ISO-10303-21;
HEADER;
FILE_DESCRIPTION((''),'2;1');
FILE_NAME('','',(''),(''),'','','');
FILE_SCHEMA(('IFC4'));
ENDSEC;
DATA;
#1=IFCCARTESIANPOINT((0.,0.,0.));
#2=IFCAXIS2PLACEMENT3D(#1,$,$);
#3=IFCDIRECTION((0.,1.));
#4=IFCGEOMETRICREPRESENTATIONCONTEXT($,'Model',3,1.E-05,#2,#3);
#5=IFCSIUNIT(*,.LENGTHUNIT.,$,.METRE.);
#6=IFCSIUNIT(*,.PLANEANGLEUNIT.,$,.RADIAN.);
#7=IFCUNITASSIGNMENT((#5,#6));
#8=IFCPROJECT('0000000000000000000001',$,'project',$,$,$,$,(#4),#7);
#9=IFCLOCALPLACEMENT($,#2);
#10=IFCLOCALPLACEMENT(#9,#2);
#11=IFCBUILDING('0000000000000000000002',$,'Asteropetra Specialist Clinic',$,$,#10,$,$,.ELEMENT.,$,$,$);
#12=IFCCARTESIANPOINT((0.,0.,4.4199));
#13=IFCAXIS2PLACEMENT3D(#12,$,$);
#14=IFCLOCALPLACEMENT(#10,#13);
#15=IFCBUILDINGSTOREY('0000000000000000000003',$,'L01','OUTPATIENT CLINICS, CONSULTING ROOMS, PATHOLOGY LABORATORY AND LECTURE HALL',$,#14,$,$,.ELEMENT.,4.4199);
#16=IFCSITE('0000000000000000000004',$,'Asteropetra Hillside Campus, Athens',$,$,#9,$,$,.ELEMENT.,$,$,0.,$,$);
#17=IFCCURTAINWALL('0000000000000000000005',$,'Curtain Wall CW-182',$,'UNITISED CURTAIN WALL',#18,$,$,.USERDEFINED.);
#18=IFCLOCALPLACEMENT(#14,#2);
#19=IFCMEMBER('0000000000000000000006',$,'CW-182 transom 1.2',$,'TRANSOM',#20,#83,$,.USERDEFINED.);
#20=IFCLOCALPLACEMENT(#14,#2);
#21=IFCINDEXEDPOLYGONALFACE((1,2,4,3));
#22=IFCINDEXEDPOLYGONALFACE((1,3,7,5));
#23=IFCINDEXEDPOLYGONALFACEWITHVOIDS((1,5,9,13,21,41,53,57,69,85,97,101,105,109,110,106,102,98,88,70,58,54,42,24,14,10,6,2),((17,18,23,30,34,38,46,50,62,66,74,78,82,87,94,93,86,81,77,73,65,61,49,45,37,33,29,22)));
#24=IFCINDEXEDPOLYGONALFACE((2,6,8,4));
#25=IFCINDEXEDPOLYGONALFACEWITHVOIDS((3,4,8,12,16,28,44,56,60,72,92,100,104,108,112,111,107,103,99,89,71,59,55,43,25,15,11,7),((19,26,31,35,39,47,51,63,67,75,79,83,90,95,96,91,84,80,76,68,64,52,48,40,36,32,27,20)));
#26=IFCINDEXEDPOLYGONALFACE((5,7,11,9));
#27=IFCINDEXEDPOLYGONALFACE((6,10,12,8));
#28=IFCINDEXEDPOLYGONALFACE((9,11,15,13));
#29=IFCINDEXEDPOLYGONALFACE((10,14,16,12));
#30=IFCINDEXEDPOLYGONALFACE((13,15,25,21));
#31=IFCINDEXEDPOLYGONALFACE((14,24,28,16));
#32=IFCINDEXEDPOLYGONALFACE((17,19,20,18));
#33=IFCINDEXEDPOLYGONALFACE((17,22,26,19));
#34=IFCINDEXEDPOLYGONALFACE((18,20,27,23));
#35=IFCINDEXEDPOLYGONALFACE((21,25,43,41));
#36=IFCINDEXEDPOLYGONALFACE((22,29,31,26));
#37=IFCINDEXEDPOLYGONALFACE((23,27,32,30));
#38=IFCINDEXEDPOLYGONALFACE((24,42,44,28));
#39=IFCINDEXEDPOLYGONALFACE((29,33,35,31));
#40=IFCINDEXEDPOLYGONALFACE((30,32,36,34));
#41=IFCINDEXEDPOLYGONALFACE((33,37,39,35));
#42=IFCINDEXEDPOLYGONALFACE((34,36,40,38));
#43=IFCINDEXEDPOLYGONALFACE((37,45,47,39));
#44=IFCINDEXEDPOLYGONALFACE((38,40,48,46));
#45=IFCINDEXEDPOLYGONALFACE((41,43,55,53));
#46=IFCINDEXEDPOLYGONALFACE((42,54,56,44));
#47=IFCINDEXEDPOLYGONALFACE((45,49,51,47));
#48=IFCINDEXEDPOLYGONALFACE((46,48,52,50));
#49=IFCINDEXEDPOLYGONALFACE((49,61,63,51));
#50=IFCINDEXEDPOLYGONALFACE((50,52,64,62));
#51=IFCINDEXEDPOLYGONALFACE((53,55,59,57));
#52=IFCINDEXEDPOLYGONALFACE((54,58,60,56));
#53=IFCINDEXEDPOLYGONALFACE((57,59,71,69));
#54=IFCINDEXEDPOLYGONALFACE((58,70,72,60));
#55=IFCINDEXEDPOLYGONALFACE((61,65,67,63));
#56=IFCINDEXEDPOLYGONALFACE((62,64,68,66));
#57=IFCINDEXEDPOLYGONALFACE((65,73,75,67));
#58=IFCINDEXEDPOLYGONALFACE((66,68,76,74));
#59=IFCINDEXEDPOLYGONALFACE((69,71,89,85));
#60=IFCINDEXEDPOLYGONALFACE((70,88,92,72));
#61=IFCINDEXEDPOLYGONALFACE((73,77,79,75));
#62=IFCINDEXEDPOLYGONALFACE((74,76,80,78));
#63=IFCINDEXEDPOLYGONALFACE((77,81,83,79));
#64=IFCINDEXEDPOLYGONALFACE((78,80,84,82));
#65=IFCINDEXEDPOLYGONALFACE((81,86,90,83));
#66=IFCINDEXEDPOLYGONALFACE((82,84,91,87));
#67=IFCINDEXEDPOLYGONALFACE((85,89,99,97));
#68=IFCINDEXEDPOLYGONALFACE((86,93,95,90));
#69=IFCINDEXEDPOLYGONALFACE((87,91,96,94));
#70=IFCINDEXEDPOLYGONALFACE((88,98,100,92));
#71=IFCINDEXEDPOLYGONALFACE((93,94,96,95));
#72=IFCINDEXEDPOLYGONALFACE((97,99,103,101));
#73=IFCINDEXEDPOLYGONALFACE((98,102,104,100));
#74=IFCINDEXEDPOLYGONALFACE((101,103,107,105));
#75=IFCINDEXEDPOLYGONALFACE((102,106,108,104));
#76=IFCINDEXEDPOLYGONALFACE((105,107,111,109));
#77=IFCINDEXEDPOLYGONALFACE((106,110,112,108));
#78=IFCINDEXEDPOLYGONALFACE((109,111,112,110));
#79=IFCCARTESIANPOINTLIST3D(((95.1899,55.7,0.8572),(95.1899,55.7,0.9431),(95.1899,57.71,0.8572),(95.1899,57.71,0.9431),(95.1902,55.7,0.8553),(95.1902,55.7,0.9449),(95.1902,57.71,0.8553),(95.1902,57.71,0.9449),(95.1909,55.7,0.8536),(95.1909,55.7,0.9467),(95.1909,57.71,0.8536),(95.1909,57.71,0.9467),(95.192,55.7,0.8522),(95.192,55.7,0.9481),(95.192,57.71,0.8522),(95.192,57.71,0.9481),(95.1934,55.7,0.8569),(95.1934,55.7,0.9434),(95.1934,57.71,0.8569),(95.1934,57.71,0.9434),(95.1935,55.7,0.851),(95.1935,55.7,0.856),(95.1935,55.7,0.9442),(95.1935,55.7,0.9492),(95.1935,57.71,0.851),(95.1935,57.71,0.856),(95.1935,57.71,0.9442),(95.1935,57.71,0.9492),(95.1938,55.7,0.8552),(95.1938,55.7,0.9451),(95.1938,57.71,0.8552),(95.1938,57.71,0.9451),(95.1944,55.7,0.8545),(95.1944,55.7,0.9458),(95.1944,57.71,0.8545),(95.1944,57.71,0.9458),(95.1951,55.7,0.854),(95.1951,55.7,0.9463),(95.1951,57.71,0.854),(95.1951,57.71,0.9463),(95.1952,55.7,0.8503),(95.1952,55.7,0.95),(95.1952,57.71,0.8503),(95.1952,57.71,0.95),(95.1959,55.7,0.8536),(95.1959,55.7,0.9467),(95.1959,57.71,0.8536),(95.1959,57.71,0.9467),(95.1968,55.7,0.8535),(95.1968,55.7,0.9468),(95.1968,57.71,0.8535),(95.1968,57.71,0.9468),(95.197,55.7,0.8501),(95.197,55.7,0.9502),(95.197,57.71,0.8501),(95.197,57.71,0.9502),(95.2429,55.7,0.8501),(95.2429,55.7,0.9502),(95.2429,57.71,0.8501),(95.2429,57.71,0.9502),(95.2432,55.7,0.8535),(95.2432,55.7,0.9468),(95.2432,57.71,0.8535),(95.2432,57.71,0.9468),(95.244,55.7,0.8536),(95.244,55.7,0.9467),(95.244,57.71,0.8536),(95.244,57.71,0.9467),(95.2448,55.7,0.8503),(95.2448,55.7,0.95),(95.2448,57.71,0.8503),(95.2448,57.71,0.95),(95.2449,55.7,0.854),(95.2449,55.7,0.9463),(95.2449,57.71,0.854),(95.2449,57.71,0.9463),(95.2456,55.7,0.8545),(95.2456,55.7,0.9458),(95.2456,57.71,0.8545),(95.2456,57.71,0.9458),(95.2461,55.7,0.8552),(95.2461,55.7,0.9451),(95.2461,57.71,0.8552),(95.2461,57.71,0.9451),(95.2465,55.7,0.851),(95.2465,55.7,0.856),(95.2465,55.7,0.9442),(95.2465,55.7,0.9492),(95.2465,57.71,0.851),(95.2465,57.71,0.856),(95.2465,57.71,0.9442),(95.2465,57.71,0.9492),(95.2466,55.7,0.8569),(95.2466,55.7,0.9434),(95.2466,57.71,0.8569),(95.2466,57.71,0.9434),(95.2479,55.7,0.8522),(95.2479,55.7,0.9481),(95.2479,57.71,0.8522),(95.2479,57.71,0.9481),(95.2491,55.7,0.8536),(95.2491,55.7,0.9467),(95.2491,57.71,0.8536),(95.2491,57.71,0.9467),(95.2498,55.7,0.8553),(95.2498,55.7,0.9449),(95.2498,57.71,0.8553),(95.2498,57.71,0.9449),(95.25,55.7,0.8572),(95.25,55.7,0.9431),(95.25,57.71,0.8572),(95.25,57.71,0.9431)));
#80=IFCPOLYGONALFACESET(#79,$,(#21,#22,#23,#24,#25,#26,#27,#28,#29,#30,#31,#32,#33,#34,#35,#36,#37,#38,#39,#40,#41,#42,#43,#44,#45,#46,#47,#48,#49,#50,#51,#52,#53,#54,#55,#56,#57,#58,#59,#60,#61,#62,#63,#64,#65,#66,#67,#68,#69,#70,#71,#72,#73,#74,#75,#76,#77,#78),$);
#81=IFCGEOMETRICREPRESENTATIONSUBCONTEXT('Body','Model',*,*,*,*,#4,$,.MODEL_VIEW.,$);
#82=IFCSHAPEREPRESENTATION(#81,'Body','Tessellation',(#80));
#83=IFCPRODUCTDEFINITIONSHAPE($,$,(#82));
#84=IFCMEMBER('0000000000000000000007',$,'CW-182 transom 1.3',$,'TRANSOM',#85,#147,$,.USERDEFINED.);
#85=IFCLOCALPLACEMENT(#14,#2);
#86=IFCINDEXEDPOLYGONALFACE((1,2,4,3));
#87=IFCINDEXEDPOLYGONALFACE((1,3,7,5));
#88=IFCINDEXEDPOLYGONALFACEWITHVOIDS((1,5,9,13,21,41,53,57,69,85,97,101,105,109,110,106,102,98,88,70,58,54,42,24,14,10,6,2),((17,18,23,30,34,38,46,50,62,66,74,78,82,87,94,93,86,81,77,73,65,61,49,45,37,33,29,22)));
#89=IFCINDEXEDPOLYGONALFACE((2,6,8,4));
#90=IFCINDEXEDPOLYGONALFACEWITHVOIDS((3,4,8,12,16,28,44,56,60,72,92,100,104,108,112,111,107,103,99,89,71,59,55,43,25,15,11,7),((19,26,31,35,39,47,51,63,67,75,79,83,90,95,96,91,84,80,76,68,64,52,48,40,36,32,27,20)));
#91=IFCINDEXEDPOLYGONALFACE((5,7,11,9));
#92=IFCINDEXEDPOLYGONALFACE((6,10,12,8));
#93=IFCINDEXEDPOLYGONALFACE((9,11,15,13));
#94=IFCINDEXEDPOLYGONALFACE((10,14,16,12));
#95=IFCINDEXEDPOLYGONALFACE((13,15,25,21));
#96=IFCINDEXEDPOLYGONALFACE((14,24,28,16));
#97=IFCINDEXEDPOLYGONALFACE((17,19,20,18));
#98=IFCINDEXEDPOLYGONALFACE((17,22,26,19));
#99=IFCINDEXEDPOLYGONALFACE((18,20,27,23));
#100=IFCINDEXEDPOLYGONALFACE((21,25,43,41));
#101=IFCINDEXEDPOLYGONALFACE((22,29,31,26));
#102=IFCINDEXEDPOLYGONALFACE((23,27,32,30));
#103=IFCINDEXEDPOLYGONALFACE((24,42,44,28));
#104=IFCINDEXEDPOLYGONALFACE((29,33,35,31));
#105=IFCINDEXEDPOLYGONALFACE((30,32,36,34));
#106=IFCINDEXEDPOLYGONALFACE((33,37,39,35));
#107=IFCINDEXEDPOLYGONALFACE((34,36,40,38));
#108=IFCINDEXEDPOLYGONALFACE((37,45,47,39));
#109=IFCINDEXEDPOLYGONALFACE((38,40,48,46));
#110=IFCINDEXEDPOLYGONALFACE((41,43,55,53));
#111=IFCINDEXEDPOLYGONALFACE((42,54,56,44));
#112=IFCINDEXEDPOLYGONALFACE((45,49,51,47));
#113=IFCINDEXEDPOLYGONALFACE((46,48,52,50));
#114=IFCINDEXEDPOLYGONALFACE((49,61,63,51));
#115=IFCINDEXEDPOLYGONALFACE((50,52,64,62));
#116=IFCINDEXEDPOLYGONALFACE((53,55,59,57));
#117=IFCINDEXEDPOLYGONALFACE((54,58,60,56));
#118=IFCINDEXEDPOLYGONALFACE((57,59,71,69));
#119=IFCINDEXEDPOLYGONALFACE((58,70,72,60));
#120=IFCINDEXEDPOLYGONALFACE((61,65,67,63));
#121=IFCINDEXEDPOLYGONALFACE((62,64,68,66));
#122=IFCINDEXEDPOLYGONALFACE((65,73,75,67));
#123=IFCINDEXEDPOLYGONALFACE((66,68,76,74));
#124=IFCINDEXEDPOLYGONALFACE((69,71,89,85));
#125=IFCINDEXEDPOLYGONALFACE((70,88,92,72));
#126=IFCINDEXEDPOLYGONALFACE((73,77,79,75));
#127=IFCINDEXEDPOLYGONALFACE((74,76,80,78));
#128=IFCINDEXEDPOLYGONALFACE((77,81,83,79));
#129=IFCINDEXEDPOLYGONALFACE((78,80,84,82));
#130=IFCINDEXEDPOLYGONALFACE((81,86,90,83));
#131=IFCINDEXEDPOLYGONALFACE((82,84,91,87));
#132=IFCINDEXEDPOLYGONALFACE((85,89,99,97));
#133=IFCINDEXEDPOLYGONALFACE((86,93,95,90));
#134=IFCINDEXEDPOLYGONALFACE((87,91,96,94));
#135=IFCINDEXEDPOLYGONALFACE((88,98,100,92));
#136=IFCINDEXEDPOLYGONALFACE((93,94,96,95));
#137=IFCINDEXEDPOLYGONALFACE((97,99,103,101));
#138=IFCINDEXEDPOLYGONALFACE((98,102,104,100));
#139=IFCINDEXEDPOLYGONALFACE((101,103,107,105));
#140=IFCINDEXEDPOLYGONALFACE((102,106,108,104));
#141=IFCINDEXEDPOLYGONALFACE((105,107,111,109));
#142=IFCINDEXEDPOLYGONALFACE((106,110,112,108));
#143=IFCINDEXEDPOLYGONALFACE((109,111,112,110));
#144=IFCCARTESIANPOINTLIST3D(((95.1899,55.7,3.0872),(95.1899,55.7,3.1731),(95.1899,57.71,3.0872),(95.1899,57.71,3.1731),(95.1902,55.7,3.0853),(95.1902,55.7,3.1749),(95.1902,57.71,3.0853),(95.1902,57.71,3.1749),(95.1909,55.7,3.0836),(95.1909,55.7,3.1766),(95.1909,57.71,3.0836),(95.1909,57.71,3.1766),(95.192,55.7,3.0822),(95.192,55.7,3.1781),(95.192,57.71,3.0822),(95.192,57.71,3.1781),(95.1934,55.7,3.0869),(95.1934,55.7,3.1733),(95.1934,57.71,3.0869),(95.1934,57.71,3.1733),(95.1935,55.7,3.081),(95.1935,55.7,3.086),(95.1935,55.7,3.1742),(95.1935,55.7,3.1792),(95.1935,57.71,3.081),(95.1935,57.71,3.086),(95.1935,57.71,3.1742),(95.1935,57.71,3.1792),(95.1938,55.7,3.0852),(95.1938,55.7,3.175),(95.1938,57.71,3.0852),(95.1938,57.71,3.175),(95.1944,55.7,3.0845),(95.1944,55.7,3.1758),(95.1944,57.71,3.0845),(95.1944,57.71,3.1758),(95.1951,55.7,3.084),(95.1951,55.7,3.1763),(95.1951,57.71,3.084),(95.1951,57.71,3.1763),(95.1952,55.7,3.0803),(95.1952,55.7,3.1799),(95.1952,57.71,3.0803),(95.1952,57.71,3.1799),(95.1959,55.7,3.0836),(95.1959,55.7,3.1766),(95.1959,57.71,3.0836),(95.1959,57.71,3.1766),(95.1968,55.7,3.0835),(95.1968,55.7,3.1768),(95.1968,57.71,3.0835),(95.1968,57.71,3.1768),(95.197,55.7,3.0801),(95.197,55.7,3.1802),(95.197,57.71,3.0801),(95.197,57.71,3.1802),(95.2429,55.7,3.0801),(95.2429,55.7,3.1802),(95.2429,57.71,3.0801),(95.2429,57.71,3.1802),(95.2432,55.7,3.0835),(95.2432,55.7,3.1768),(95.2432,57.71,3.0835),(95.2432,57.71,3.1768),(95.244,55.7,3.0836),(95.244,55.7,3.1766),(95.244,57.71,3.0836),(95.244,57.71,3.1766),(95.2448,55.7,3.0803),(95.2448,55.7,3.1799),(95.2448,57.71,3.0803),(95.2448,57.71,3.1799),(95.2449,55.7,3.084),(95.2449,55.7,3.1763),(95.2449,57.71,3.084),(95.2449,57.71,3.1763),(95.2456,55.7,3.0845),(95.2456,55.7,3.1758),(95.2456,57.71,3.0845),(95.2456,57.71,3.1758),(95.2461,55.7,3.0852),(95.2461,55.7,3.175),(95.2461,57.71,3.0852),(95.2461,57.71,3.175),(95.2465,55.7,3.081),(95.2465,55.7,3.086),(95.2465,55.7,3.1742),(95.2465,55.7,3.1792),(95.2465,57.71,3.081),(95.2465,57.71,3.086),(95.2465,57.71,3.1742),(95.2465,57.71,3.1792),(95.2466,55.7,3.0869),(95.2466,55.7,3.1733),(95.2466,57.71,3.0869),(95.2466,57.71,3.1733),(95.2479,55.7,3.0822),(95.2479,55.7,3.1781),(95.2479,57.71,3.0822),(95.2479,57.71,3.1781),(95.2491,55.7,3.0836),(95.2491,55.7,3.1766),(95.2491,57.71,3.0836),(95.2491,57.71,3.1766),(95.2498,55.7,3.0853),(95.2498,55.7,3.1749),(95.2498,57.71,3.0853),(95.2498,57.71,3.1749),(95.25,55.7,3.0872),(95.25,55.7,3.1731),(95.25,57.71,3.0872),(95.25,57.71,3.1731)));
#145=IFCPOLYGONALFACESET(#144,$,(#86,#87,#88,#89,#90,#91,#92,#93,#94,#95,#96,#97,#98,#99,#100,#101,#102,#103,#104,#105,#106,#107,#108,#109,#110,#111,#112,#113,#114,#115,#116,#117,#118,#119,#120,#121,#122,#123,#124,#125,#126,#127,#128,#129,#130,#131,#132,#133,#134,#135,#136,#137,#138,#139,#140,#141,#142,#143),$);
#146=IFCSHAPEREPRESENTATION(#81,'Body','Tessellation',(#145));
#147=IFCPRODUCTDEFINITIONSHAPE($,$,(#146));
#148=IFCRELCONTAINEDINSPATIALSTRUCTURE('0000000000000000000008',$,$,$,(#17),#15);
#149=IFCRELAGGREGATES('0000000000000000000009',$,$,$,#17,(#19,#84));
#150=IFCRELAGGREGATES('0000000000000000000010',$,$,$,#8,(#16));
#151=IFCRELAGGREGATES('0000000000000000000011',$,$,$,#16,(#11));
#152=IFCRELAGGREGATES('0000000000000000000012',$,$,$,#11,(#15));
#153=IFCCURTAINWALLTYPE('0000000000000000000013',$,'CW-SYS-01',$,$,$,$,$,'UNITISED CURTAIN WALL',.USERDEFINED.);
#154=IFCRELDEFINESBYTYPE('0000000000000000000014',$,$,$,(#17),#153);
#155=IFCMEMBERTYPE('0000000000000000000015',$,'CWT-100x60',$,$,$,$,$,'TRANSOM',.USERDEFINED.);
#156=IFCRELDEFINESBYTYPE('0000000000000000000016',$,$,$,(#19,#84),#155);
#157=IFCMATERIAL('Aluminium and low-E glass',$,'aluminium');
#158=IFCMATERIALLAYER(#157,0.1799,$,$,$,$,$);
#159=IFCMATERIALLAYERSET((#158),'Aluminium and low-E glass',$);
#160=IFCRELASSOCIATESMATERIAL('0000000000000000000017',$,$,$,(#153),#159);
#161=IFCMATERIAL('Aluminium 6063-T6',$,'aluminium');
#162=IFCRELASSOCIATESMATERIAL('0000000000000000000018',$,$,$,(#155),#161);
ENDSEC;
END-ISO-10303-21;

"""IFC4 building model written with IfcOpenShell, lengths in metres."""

from ifc_helpers import new_model, si_unit, direction, frame, origin, origin_2d, place, context, subcontext, project, spatial, hollow_rectangle, extrude, material, layer, layer_set, material_profile, profile_set, type_object, element, aggregate, save


model = new_model("IFC4")

# Units and contexts
model_context = context("Model", 3, precision=1e-05, world=origin(), true_north=direction((0.0, 1.0)))
body_context = subcontext(model_context, "Body", "Model", "MODEL_VIEW")
ifc_project = project(units=[si_unit("LENGTHUNIT", "METRE"), si_unit("PLANEANGLEUNIT", "RADIAN")], contexts=[model_context])

# Site, building, storey
site_placement = place(None, origin())
site = spatial("IfcSite", under=ifc_project, at=site_placement, Name="Asteropetra Hillside Campus, Athens", CompositionType="ELEMENT", RefElevation=0.0)
building_placement = place(site_placement, origin())
building = spatial("IfcBuilding", under=site, at=building_placement, Name="Asteropetra Specialist Clinic", CompositionType="ELEMENT")
storey_placement = place(building_placement, frame((0.0, 0.0, 4.4199)))
storey = spatial("IfcBuildingStorey", under=building, at=storey_placement, Name="L01", Description="OUTPATIENT CLINICS, CONSULTING ROOMS, PATHOLOGY LABORATORY AND LECTURE HALL", CompositionType="ELEMENT", Elevation=4.4199)

# Curtain wall, members
ifc_material_1 = material(Name="Aluminium and low-E glass", Category="aluminium")
ifc_layer_1 = layer(ifc_material_1, 0.1799)
ifc_layer_set_1 = layer_set([ifc_layer_1], Name="Aluminium and low-E glass")
curtain_wall_type = type_object("IfcCurtainWallType", Name="CW-SYS-01", ElementType="UNITISED CURTAIN WALL", PredefinedType="USERDEFINED", material=ifc_layer_set_1)
curtain_wall_placement = place(storey_placement, origin())
curtain_wall = element("IfcCurtainWall", 1, at=curtain_wall_placement, inside=storey, type_object=curtain_wall_type, Name="Curtain Wall CW-182", ObjectType="UNITISED CURTAIN WALL", PredefinedType="USERDEFINED")
ifc_material_2 = material(Name="Aluminium 6063-T6", Category="aluminium")
ifc_material_profile_1 = material_profile(ifc_material_2, hollow_rectangle(XDim=0.0601, YDim=0.1001, WallThickness=0.0034, InnerFilletRadius=0.0034, OuterFilletRadius=0.0071, at=origin_2d()), Name="TRN 100x60x3.5")
ifc_profile_set_1 = profile_set([ifc_material_profile_1], Name="Aluminium 6063-T6")
member_type_1 = type_object("IfcMemberType", Name="CWT-100x60", ElementType="TRANSOM", PredefinedType="USERDEFINED", material=ifc_profile_set_1)
member_1_placement = place(storey_placement, frame((95.22, 55.7, 0.9001), z_axis=(0.0, 1.0, 0.0), x_axis=(-1.0, 0.0, 0.0)))
member_1 = element("IfcMember", 2, at=member_1_placement, type_object=member_type_1, Name="CW-182 transom 1.2", ObjectType="TRANSOM", PredefinedType="USERDEFINED", context=body_context, shape_type="SweptSolid", body=[
    extrude(hollow_rectangle(XDim=0.0601, YDim=0.1001, WallThickness=0.0034, InnerFilletRadius=0.0034, OuterFilletRadius=0.0071, at=origin_2d()), origin(), (0.0, 0.0, 1.0), 2.01),
])
member_2_placement = place(storey_placement, frame((95.22, 55.7, 3.1301), z_axis=(0.0, 1.0, 0.0), x_axis=(-1.0, 0.0, 0.0)))
member_2 = element("IfcMember", 3, at=member_2_placement, type_object=member_type_1, Name="CW-182 transom 1.3", ObjectType="TRANSOM", PredefinedType="USERDEFINED", context=body_context, shape_type="SweptSolid", body=[
    extrude(hollow_rectangle(XDim=0.0601, YDim=0.1001, WallThickness=0.0034, InnerFilletRadius=0.0034, OuterFilletRadius=0.0071, at=origin_2d()), origin(), (0.0, 0.0, 1.0), 2.01),
])
aggregate(curtain_wall, [member_1, member_2])

save(model, "model.ifc")
